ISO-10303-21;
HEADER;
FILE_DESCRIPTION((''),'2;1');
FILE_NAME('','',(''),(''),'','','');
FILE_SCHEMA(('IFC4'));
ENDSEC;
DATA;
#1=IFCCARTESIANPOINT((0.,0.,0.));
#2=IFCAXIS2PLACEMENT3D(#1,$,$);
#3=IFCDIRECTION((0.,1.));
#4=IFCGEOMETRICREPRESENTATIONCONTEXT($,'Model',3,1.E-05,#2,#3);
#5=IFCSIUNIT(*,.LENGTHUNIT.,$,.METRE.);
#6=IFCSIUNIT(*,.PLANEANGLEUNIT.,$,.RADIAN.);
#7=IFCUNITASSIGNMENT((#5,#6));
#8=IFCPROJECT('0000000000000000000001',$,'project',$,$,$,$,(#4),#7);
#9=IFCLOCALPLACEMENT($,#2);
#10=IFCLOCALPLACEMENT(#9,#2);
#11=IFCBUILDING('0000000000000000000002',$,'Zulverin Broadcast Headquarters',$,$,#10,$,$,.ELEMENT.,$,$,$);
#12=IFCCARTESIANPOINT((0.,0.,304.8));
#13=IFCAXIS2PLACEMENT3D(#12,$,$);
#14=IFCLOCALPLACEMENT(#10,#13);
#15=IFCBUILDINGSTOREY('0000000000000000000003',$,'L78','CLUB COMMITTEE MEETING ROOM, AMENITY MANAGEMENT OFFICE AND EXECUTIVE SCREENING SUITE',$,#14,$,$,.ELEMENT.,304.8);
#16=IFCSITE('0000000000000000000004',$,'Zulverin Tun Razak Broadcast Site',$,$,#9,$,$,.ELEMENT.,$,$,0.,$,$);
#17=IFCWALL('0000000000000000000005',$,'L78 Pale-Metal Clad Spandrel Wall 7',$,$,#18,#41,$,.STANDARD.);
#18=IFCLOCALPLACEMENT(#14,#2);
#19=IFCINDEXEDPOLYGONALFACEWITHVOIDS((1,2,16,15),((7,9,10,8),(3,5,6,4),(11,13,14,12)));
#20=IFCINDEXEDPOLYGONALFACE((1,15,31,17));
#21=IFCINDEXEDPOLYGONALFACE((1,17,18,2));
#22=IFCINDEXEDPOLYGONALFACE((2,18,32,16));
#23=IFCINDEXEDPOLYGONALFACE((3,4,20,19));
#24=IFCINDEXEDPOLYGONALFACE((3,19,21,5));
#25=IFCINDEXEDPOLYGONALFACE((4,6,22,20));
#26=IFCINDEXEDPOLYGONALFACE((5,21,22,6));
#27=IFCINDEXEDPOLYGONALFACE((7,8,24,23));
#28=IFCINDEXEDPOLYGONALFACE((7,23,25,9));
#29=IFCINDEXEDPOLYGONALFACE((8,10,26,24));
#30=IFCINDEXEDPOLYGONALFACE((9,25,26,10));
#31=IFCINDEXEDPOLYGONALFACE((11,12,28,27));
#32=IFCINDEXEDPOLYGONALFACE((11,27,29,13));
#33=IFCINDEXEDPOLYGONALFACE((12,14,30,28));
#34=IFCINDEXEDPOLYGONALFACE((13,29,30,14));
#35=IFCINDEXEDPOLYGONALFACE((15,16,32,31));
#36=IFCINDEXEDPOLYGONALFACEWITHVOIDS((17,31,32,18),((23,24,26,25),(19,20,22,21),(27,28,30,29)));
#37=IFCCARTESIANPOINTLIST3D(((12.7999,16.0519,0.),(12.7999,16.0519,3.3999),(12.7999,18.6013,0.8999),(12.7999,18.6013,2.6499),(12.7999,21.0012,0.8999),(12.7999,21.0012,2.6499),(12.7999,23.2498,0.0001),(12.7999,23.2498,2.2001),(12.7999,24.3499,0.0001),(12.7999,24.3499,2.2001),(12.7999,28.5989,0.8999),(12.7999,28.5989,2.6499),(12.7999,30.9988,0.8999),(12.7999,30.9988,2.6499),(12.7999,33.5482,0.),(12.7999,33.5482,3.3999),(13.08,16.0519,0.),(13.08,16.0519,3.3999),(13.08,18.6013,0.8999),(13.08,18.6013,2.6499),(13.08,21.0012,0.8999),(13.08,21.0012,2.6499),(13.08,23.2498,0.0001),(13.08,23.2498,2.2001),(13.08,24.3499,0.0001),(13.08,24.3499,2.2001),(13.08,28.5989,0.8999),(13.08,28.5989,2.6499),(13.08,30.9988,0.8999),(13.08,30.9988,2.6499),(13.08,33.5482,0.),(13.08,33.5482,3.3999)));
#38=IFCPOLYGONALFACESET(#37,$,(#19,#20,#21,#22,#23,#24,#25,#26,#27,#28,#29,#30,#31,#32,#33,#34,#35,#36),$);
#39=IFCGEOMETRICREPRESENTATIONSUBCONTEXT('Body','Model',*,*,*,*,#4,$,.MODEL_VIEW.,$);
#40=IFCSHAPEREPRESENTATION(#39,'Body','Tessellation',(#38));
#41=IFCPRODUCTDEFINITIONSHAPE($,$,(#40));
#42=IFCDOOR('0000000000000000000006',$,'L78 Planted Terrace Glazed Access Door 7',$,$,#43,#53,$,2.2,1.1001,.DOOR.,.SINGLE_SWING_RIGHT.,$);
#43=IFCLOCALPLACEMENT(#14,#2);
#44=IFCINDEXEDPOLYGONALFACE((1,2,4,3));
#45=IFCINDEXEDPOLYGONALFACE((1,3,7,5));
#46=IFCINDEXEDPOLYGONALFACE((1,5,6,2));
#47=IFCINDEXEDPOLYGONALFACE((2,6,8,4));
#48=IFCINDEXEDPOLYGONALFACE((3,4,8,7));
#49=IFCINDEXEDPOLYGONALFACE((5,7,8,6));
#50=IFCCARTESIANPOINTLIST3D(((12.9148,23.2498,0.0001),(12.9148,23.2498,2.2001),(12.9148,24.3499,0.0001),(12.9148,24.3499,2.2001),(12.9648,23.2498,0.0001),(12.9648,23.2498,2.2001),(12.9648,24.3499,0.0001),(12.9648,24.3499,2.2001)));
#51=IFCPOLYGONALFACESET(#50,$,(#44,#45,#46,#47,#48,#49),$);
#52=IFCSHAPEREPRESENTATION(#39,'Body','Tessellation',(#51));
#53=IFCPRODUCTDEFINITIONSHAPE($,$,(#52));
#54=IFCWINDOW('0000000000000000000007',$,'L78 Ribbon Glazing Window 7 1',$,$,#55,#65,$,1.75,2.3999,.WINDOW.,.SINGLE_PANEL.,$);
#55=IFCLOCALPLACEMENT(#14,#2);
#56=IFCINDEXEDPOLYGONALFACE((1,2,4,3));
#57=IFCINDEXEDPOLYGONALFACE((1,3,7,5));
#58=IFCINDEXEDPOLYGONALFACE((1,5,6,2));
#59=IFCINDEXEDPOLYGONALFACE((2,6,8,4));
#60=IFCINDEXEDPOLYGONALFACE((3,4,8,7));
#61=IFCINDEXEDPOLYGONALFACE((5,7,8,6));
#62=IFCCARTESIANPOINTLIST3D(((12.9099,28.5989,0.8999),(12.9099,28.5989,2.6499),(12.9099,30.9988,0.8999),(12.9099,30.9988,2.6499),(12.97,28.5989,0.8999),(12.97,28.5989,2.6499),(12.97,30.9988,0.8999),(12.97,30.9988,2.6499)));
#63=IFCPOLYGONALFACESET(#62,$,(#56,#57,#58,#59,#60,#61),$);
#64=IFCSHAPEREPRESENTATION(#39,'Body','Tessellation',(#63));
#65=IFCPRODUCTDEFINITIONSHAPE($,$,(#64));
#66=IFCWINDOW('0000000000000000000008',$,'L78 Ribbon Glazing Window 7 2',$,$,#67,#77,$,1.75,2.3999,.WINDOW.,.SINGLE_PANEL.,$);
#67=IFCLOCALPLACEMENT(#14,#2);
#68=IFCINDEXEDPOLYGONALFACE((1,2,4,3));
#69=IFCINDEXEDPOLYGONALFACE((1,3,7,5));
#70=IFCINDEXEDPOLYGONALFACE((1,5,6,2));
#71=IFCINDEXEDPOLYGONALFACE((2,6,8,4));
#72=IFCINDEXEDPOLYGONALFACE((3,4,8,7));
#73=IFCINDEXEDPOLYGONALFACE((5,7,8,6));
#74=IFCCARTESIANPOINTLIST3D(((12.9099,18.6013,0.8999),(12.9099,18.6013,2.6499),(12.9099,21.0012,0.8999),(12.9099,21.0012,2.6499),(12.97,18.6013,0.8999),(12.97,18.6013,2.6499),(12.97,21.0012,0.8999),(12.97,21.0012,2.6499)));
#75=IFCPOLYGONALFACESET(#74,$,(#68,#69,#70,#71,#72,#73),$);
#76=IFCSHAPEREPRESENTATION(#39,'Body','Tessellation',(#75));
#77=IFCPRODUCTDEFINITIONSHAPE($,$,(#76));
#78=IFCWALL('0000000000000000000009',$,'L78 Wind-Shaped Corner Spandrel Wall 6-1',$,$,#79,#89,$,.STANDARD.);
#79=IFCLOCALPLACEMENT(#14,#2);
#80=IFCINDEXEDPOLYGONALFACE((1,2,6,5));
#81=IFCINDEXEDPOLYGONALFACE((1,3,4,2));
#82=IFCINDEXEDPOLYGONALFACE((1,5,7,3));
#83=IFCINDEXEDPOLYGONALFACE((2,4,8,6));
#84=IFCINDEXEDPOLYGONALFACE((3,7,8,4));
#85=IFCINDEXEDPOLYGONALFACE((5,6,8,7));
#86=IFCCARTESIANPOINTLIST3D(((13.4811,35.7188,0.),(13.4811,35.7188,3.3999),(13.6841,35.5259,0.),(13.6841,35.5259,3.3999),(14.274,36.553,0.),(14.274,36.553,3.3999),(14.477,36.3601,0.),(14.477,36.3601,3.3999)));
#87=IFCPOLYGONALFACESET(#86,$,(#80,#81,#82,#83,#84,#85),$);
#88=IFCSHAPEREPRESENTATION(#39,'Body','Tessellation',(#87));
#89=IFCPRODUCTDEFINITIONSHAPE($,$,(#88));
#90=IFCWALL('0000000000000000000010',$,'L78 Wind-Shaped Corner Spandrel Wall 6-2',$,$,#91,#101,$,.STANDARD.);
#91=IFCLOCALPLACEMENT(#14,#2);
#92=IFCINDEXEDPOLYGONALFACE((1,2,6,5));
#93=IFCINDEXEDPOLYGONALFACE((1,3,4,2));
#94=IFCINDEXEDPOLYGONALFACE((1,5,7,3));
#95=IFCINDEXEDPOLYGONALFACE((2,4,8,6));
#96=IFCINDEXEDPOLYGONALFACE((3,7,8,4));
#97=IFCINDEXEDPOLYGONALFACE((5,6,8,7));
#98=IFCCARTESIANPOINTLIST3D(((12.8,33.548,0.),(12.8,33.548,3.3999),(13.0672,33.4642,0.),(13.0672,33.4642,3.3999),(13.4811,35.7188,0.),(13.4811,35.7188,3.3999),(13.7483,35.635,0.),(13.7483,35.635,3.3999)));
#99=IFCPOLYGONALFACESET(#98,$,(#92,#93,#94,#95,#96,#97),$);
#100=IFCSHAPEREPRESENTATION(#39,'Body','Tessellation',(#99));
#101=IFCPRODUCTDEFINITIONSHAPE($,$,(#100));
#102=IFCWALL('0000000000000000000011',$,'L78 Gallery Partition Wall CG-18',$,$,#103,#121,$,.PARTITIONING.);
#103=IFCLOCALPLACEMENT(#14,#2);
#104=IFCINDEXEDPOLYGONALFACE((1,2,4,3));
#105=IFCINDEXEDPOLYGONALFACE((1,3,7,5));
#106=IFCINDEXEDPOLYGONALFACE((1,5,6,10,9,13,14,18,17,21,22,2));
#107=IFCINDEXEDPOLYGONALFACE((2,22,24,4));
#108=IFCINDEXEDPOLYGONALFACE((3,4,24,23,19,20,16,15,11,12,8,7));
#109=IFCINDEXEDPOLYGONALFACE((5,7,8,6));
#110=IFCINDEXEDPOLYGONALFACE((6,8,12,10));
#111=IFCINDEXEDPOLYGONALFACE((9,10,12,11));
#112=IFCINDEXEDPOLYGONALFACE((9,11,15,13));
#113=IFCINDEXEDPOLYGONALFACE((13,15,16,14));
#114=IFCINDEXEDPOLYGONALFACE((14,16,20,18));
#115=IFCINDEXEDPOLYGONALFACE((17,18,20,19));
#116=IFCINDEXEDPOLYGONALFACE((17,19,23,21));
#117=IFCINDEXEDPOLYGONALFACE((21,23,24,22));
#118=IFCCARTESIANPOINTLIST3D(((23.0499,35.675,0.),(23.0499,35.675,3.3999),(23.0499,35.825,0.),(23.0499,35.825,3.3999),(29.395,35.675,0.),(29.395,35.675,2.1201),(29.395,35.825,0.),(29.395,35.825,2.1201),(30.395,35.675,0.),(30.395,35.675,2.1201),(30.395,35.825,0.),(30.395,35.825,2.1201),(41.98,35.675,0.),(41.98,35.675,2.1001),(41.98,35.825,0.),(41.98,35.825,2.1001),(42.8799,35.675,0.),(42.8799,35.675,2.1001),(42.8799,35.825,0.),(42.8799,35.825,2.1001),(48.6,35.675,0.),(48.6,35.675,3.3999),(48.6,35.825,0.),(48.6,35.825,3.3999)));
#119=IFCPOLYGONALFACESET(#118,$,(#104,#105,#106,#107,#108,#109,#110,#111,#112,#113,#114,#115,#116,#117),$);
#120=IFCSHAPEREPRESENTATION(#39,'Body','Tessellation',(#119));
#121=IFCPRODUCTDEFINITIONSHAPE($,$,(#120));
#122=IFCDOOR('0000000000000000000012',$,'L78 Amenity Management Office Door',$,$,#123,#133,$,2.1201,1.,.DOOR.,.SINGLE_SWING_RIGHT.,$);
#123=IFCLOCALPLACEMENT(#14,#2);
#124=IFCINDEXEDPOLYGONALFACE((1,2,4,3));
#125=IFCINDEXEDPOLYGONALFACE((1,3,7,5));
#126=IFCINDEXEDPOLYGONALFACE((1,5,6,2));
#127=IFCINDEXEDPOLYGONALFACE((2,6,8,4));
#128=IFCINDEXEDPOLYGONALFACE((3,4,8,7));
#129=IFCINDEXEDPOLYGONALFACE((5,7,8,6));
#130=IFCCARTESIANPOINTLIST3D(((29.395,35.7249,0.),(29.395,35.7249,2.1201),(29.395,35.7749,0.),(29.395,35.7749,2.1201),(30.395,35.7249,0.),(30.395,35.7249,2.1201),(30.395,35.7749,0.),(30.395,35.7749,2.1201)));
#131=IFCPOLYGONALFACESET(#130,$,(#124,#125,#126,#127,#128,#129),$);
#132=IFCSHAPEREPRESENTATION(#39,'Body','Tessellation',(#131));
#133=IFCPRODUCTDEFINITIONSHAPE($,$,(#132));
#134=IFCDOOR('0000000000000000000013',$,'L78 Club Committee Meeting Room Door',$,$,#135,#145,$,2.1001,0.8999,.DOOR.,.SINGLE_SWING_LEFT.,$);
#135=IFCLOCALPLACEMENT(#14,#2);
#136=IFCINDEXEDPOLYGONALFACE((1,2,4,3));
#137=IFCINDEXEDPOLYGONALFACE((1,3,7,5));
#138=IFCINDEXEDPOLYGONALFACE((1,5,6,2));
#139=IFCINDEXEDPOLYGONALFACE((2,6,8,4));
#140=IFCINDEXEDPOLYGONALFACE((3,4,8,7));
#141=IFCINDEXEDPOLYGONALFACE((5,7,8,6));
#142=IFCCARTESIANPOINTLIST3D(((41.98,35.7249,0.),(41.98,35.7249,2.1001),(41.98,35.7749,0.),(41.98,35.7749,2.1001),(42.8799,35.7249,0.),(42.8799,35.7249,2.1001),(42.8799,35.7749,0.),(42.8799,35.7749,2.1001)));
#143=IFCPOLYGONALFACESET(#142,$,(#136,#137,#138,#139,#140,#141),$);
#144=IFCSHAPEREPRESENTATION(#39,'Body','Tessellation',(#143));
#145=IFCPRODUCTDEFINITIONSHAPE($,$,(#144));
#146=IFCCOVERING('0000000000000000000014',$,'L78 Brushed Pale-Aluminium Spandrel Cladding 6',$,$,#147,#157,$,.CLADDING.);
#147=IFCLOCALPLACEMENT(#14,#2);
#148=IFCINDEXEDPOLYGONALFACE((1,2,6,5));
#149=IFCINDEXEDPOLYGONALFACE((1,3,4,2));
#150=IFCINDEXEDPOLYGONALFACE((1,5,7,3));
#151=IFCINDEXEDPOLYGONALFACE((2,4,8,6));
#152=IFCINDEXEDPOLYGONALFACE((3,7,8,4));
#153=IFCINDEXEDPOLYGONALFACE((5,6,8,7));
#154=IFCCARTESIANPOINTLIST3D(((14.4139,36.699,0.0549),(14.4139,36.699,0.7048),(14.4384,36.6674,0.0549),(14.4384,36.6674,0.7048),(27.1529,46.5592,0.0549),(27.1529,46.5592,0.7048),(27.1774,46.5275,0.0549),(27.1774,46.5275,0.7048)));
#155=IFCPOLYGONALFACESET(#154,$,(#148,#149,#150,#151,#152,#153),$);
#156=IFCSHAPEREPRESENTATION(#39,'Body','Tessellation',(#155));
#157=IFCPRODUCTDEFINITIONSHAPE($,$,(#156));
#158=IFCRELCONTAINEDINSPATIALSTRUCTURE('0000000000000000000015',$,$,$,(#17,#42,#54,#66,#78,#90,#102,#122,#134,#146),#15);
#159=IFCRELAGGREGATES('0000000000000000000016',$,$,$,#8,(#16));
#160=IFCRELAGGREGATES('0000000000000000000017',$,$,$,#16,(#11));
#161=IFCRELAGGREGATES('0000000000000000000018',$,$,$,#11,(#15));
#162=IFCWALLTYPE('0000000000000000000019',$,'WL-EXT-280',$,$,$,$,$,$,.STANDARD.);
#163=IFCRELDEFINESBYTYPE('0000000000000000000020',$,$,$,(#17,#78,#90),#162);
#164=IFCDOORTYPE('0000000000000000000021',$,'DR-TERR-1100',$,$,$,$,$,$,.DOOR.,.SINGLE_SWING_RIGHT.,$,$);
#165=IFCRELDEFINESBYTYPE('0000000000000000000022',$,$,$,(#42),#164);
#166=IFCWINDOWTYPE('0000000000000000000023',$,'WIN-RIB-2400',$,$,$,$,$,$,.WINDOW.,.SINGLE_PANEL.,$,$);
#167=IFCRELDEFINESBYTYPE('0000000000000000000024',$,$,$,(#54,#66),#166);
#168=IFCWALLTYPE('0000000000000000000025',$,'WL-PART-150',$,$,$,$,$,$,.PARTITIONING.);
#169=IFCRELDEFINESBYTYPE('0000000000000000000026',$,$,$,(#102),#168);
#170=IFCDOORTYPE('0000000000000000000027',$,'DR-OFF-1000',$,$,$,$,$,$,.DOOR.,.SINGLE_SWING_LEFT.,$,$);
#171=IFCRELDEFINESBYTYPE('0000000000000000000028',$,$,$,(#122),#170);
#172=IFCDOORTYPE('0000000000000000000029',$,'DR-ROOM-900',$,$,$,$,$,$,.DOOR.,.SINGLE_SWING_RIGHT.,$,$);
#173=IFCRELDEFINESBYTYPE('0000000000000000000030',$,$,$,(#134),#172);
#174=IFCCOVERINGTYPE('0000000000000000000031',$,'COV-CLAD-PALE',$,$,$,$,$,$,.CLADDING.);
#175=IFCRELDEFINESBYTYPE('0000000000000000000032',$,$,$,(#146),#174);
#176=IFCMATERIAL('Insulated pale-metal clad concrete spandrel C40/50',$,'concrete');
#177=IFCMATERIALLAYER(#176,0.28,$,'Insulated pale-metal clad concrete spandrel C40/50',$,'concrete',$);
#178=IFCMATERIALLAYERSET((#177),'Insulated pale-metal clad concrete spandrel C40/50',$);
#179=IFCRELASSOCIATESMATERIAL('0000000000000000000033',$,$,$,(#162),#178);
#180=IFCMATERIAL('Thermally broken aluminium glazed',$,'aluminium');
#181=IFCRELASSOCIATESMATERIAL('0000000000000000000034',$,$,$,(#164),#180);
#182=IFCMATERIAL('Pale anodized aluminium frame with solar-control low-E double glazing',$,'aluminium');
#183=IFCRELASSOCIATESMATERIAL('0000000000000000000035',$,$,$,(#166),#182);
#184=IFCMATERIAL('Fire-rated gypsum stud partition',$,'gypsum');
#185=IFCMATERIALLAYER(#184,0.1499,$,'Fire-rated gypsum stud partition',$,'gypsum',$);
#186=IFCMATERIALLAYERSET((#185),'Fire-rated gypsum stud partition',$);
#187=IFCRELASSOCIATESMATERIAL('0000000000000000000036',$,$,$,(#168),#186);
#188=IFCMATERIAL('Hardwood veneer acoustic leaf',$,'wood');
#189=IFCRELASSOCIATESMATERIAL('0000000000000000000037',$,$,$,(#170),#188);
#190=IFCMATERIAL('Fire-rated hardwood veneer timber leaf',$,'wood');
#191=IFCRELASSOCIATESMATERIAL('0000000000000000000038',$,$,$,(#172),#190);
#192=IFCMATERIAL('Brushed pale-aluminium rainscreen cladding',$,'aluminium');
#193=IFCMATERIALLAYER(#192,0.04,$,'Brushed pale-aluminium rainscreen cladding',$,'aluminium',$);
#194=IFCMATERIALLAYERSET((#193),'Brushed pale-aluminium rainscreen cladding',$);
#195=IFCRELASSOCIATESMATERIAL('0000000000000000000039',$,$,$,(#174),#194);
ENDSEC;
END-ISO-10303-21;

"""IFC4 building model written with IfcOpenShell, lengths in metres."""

from ifc_helpers import new_model, si_unit, direction, frame, frame_2d, origin, origin_2d, place, context, subcontext, project, spatial, rectangle, extrude, material, layer, layer_set, type_object, element, fill, save


model = new_model("IFC4")

# Units and contexts
model_context = context("Model", 3, precision=1e-05, world=origin(), true_north=direction((0.0, 1.0)))
body_context = subcontext(model_context, "Body", "Model", "MODEL_VIEW")
ifc_project = project(units=[si_unit("LENGTHUNIT", "METRE"), si_unit("PLANEANGLEUNIT", "RADIAN")], contexts=[model_context])

# Site, building, storey
site_placement = place(None, origin())
site = spatial("IfcSite", under=ifc_project, at=site_placement, Name="Zulverin Tun Razak Broadcast Site", CompositionType="ELEMENT", RefElevation=0.0)
building_placement = place(site_placement, origin())
building = spatial("IfcBuilding", under=site, at=building_placement, Name="Zulverin Broadcast Headquarters", CompositionType="ELEMENT")
storey_placement = place(building_placement, frame((0.0, 0.0, 304.8)))
storey = spatial("IfcBuildingStorey", under=building, at=storey_placement, Name="L78", Description="CLUB COMMITTEE MEETING ROOM, AMENITY MANAGEMENT OFFICE AND EXECUTIVE SCREENING SUITE", CompositionType="ELEMENT", Elevation=304.8)

# Wall, openings, door, windows
ifc_material_1 = material(Name="Insulated pale-metal clad concrete spandrel C40/50", Category="concrete")
ifc_layer_1 = layer(ifc_material_1, 0.28, Name="Insulated pale-metal clad concrete spandrel C40/50", Category="concrete")
ifc_layer_set_1 = layer_set([ifc_layer_1], Name="Insulated pale-metal clad concrete spandrel C40/50")
wall_type_1 = type_object("IfcWallType", Name="WL-EXT-280", PredefinedType="STANDARD", material=ifc_layer_set_1)
wall_1_placement = place(storey_placement, frame((12.9399, 33.5481, 0.0), z_axis=(0.0, 0.0, 1.0), x_axis=(0.0, -1.0, 0.0)))
wall_1 = element("IfcWall", 1, at=wall_1_placement, inside=storey, type_object=wall_type_1, Name="L78 Pale-Metal Clad Spandrel Wall 7", PredefinedType="STANDARD", context=body_context, shape_type="SweptSolid", body=[
    extrude(rectangle(XDim=17.4963, YDim=0.28, at=frame_2d((8.748, 0.0))), origin(), (0.0, 0.0, 1.0), 3.3999),
])
opening_1_placement = place(wall_1_placement, frame((9.1982, 0.0, 0.0)))
opening_1 = element("IfcOpeningElement", 2, at=opening_1_placement, cuts=wall_1, PredefinedType="OPENING", context=body_context, shape_type="SweptSolid", body=[
    extrude(rectangle(XDim=1.1001, YDim=2.2, at=frame_2d((0.55, 1.1001))), frame((0.0, 0.1499, 0.0), z_axis=(0.0, -1.0, 0.0), x_axis=(1.0, 0.0, 0.0)), (0.0, 0.0, 1.0), 0.3),
])
opening_2_placement = place(wall_1_placement, frame((2.5493, 0.0, 0.8999)))
opening_2 = element("IfcOpeningElement", 3, at=opening_2_placement, cuts=wall_1, PredefinedType="OPENING", context=body_context, shape_type="SweptSolid", body=[
    extrude(rectangle(XDim=2.3999, YDim=1.75, at=frame_2d((1.2, 0.875))), frame((0.0, 0.1499, 0.0), z_axis=(0.0, -1.0, 0.0), x_axis=(1.0, 0.0, 0.0)), (0.0, 0.0, 1.0), 0.3),
])
opening_3_placement = place(wall_1_placement, frame((12.5469, 0.0, 0.8999)))
opening_3 = element("IfcOpeningElement", 4, at=opening_3_placement, cuts=wall_1, PredefinedType="OPENING", context=body_context, shape_type="SweptSolid", body=[
    extrude(rectangle(XDim=2.3999, YDim=1.75, at=frame_2d((1.2, 0.875))), frame((0.0, 0.1499, 0.0), z_axis=(0.0, -1.0, 0.0), x_axis=(1.0, 0.0, 0.0)), (0.0, 0.0, 1.0), 0.3),
])
ifc_material_2 = material(Name="Thermally broken aluminium glazed", Category="aluminium")
door_type_1 = type_object("IfcDoorType", Name="DR-TERR-1100", OperationType="SINGLE_SWING_RIGHT", PredefinedType="DOOR", material=ifc_material_2)
door_1_placement = place(opening_1_placement, origin())
door_1 = element("IfcDoor", 5, at=door_1_placement, inside=storey, type_object=door_type_1, Name="L78 Planted Terrace Glazed Access Door 7", OperationType="SINGLE_SWING_RIGHT", OverallHeight=2.2, OverallWidth=1.1001, PredefinedType="DOOR", context=body_context, shape_type="SweptSolid", body=[
    extrude(rectangle(XDim=1.1001, YDim=2.2, at=frame_2d((0.55, 1.1001))), frame((0.0, 0.0249, 0.0), z_axis=(0.0, -1.0, 0.0), x_axis=(1.0, 0.0, 0.0)), (0.0, 0.0, 1.0), 0.05),
])
fill(opening_1, door_1)
ifc_material_3 = material(Name="Pale anodized aluminium frame with solar-control low-E double glazing", Category="aluminium")
window_type = type_object("IfcWindowType", Name="WIN-RIB-2400", PartitioningType="SINGLE_PANEL", PredefinedType="WINDOW", material=ifc_material_3)
window_1_placement = place(opening_2_placement, origin())
window_1 = element("IfcWindow", 6, at=window_1_placement, inside=storey, type_object=window_type, Name="L78 Ribbon Glazing Window 7 1", OverallHeight=1.75, OverallWidth=2.3999, PartitioningType="SINGLE_PANEL", PredefinedType="WINDOW", context=body_context, shape_type="SweptSolid", body=[
    extrude(rectangle(XDim=2.3999, YDim=1.75, at=frame_2d((1.2, 0.875))), frame((0.0, 0.03, 0.0), z_axis=(0.0, -1.0, 0.0), x_axis=(1.0, 0.0, 0.0)), (0.0, 0.0, 1.0), 0.0601),
])
fill(opening_2, window_1)
window_2_placement = place(opening_3_placement, origin())
window_2 = element("IfcWindow", 7, at=window_2_placement, inside=storey, type_object=window_type, Name="L78 Ribbon Glazing Window 7 2", OverallHeight=1.75, OverallWidth=2.3999, PartitioningType="SINGLE_PANEL", PredefinedType="WINDOW", context=body_context, shape_type="SweptSolid", body=[
    extrude(rectangle(XDim=2.3999, YDim=1.75, at=frame_2d((1.2, 0.875))), frame((0.0, 0.03, 0.0), z_axis=(0.0, -1.0, 0.0), x_axis=(1.0, 0.0, 0.0)), (0.0, 0.0, 1.0), 0.0601),
])
fill(opening_3, window_2)

# Walls
wall_2_placement = place(storey_placement, frame((14.3755, 36.4565, 0.0), z_axis=(0.0, 0.0, 1.0), x_axis=(-0.688956, -0.724803, 0.0)))
element("IfcWall", 8, at=wall_2_placement, inside=storey, type_object=wall_type_1, Name="L78 Wind-Shaped Corner Spandrel Wall 6-1", PredefinedType="STANDARD", context=body_context, shape_type="SweptSolid", body=[
    extrude(rectangle(XDim=1.1509, YDim=0.28, at=frame_2d((0.5754, 0.0))), origin(), (0.0, 0.0, 1.0), 3.3999),
])
wall_3_placement = place(storey_placement, frame((13.6147, 35.677, 0.0), z_axis=(0.0, 0.0, 1.0), x_axis=(-0.299375, -0.954136, 0.0)))
element("IfcWall", 9, at=wall_3_placement, inside=storey, type_object=wall_type_1, Name="L78 Wind-Shaped Corner Spandrel Wall 6-2", PredefinedType="STANDARD", context=body_context, shape_type="SweptSolid", body=[
    extrude(rectangle(XDim=2.2751, YDim=0.28, at=frame_2d((1.1377, 0.0))), origin(), (0.0, 0.0, 1.0), 3.3999),
])

# Wall, openings, doors
ifc_material_4 = material(Name="Fire-rated gypsum stud partition", Category="gypsum")
ifc_layer_2 = layer(ifc_material_4, 0.1499, Name="Fire-rated gypsum stud partition", Category="gypsum")
ifc_layer_set_2 = layer_set([ifc_layer_2], Name="Fire-rated gypsum stud partition")
wall_type_2 = type_object("IfcWallType", Name="WL-PART-150", PredefinedType="PARTITIONING", material=ifc_layer_set_2)
wall_4_placement = place(storey_placement, frame((23.05, 35.75, 0.0), z_axis=(0.0, 0.0, 1.0), x_axis=(1.0, 0.0, 0.0)))
wall_4 = element("IfcWall", 10, at=wall_4_placement, inside=storey, type_object=wall_type_2, Name="L78 Gallery Partition Wall CG-18", PredefinedType="PARTITIONING", context=body_context, shape_type="SweptSolid", body=[
    extrude(rectangle(XDim=25.55, YDim=0.1499, at=frame_2d((12.7749, 0.0))), origin(), (0.0, 0.0, 1.0), 3.3999),
])
opening_4_placement = place(wall_4_placement, frame((6.345, 0.0, 0.0)))
opening_4 = element("IfcOpeningElement", 11, at=opening_4_placement, cuts=wall_4, PredefinedType="OPENING", context=body_context, shape_type="SweptSolid", body=[
    extrude(rectangle(XDim=1.0, YDim=2.1201, at=frame_2d((0.5, 1.0601))), frame((0.0, 0.085, 0.0), z_axis=(0.0, -1.0, 0.0), x_axis=(1.0, 0.0, 0.0)), (0.0, 0.0, 1.0), 0.1699),
])
opening_5_placement = place(wall_4_placement, frame((18.9299, 0.0, 0.0)))
opening_5 = element("IfcOpeningElement", 12, at=opening_5_placement, cuts=wall_4, PredefinedType="OPENING", context=body_context, shape_type="SweptSolid", body=[
    extrude(rectangle(XDim=0.8999, YDim=2.1001, at=frame_2d((0.45, 1.05))), frame((0.0, 0.085, 0.0), z_axis=(0.0, -1.0, 0.0), x_axis=(1.0, 0.0, 0.0)), (0.0, 0.0, 1.0), 0.1699),
])
ifc_material_5 = material(Name="Hardwood veneer acoustic leaf", Category="wood")
door_type_2 = type_object("IfcDoorType", Name="DR-OFF-1000", OperationType="SINGLE_SWING_LEFT", PredefinedType="DOOR", material=ifc_material_5)
door_2_placement = place(opening_4_placement, origin())
door_2 = element("IfcDoor", 13, at=door_2_placement, inside=storey, type_object=door_type_2, Name="L78 Amenity Management Office Door", OperationType="SINGLE_SWING_RIGHT", OverallHeight=2.1201, OverallWidth=1.0, PredefinedType="DOOR", context=body_context, shape_type="SweptSolid", body=[
    extrude(rectangle(XDim=1.0, YDim=2.1201, at=frame_2d((0.5, 1.0601))), frame((0.0, 0.0249, 0.0), z_axis=(0.0, -1.0, 0.0), x_axis=(1.0, 0.0, 0.0)), (0.0, 0.0, 1.0), 0.05),
])
fill(opening_4, door_2)
ifc_material_6 = material(Name="Fire-rated hardwood veneer timber leaf", Category="wood")
door_type_3 = type_object("IfcDoorType", Name="DR-ROOM-900", OperationType="SINGLE_SWING_RIGHT", PredefinedType="DOOR", material=ifc_material_6)
door_3_placement = place(opening_5_placement, origin())
door_3 = element("IfcDoor", 14, at=door_3_placement, inside=storey, type_object=door_type_3, Name="L78 Club Committee Meeting Room Door", OperationType="SINGLE_SWING_LEFT", OverallHeight=2.1001, OverallWidth=0.8999, PredefinedType="DOOR", context=body_context, shape_type="SweptSolid", body=[
    extrude(rectangle(XDim=0.8999, YDim=2.1001, at=frame_2d((0.45, 1.05))), frame((0.0, 0.0249, 0.0), z_axis=(0.0, -1.0, 0.0), x_axis=(1.0, 0.0, 0.0)), (0.0, 0.0, 1.0), 0.05),
])
fill(opening_5, door_3)

# Covering
ifc_material_7 = material(Name="Brushed pale-aluminium rainscreen cladding", Category="aluminium")
ifc_layer_3 = layer(ifc_material_7, 0.04, Name="Brushed pale-aluminium rainscreen cladding", Category="aluminium")
ifc_layer_set_3 = layer_set([ifc_layer_3], Name="Brushed pale-aluminium rainscreen cladding")
covering_type = type_object("IfcCoveringType", Name="COV-CLAD-PALE", PredefinedType="CLADDING", material=ifc_layer_set_3)
covering_placement = place(storey_placement, frame((20.7957, 41.6133, 0.0549), z_axis=(0.0, 0.0, 1.0), x_axis=(-0.790792, -0.612085, 0.0)))
element("IfcCovering", 15, at=covering_placement, inside=storey, type_object=covering_type, Name="L78 Brushed Pale-Aluminium Spandrel Cladding 6", PredefinedType="CLADDING", context=body_context, shape_type="SweptSolid", body=[
    extrude(rectangle(XDim=16.1091, YDim=0.04, at=origin_2d()), origin(), (0.0, 0.0, 1.0), 0.6499),
])

save(model, "model.ifc")
